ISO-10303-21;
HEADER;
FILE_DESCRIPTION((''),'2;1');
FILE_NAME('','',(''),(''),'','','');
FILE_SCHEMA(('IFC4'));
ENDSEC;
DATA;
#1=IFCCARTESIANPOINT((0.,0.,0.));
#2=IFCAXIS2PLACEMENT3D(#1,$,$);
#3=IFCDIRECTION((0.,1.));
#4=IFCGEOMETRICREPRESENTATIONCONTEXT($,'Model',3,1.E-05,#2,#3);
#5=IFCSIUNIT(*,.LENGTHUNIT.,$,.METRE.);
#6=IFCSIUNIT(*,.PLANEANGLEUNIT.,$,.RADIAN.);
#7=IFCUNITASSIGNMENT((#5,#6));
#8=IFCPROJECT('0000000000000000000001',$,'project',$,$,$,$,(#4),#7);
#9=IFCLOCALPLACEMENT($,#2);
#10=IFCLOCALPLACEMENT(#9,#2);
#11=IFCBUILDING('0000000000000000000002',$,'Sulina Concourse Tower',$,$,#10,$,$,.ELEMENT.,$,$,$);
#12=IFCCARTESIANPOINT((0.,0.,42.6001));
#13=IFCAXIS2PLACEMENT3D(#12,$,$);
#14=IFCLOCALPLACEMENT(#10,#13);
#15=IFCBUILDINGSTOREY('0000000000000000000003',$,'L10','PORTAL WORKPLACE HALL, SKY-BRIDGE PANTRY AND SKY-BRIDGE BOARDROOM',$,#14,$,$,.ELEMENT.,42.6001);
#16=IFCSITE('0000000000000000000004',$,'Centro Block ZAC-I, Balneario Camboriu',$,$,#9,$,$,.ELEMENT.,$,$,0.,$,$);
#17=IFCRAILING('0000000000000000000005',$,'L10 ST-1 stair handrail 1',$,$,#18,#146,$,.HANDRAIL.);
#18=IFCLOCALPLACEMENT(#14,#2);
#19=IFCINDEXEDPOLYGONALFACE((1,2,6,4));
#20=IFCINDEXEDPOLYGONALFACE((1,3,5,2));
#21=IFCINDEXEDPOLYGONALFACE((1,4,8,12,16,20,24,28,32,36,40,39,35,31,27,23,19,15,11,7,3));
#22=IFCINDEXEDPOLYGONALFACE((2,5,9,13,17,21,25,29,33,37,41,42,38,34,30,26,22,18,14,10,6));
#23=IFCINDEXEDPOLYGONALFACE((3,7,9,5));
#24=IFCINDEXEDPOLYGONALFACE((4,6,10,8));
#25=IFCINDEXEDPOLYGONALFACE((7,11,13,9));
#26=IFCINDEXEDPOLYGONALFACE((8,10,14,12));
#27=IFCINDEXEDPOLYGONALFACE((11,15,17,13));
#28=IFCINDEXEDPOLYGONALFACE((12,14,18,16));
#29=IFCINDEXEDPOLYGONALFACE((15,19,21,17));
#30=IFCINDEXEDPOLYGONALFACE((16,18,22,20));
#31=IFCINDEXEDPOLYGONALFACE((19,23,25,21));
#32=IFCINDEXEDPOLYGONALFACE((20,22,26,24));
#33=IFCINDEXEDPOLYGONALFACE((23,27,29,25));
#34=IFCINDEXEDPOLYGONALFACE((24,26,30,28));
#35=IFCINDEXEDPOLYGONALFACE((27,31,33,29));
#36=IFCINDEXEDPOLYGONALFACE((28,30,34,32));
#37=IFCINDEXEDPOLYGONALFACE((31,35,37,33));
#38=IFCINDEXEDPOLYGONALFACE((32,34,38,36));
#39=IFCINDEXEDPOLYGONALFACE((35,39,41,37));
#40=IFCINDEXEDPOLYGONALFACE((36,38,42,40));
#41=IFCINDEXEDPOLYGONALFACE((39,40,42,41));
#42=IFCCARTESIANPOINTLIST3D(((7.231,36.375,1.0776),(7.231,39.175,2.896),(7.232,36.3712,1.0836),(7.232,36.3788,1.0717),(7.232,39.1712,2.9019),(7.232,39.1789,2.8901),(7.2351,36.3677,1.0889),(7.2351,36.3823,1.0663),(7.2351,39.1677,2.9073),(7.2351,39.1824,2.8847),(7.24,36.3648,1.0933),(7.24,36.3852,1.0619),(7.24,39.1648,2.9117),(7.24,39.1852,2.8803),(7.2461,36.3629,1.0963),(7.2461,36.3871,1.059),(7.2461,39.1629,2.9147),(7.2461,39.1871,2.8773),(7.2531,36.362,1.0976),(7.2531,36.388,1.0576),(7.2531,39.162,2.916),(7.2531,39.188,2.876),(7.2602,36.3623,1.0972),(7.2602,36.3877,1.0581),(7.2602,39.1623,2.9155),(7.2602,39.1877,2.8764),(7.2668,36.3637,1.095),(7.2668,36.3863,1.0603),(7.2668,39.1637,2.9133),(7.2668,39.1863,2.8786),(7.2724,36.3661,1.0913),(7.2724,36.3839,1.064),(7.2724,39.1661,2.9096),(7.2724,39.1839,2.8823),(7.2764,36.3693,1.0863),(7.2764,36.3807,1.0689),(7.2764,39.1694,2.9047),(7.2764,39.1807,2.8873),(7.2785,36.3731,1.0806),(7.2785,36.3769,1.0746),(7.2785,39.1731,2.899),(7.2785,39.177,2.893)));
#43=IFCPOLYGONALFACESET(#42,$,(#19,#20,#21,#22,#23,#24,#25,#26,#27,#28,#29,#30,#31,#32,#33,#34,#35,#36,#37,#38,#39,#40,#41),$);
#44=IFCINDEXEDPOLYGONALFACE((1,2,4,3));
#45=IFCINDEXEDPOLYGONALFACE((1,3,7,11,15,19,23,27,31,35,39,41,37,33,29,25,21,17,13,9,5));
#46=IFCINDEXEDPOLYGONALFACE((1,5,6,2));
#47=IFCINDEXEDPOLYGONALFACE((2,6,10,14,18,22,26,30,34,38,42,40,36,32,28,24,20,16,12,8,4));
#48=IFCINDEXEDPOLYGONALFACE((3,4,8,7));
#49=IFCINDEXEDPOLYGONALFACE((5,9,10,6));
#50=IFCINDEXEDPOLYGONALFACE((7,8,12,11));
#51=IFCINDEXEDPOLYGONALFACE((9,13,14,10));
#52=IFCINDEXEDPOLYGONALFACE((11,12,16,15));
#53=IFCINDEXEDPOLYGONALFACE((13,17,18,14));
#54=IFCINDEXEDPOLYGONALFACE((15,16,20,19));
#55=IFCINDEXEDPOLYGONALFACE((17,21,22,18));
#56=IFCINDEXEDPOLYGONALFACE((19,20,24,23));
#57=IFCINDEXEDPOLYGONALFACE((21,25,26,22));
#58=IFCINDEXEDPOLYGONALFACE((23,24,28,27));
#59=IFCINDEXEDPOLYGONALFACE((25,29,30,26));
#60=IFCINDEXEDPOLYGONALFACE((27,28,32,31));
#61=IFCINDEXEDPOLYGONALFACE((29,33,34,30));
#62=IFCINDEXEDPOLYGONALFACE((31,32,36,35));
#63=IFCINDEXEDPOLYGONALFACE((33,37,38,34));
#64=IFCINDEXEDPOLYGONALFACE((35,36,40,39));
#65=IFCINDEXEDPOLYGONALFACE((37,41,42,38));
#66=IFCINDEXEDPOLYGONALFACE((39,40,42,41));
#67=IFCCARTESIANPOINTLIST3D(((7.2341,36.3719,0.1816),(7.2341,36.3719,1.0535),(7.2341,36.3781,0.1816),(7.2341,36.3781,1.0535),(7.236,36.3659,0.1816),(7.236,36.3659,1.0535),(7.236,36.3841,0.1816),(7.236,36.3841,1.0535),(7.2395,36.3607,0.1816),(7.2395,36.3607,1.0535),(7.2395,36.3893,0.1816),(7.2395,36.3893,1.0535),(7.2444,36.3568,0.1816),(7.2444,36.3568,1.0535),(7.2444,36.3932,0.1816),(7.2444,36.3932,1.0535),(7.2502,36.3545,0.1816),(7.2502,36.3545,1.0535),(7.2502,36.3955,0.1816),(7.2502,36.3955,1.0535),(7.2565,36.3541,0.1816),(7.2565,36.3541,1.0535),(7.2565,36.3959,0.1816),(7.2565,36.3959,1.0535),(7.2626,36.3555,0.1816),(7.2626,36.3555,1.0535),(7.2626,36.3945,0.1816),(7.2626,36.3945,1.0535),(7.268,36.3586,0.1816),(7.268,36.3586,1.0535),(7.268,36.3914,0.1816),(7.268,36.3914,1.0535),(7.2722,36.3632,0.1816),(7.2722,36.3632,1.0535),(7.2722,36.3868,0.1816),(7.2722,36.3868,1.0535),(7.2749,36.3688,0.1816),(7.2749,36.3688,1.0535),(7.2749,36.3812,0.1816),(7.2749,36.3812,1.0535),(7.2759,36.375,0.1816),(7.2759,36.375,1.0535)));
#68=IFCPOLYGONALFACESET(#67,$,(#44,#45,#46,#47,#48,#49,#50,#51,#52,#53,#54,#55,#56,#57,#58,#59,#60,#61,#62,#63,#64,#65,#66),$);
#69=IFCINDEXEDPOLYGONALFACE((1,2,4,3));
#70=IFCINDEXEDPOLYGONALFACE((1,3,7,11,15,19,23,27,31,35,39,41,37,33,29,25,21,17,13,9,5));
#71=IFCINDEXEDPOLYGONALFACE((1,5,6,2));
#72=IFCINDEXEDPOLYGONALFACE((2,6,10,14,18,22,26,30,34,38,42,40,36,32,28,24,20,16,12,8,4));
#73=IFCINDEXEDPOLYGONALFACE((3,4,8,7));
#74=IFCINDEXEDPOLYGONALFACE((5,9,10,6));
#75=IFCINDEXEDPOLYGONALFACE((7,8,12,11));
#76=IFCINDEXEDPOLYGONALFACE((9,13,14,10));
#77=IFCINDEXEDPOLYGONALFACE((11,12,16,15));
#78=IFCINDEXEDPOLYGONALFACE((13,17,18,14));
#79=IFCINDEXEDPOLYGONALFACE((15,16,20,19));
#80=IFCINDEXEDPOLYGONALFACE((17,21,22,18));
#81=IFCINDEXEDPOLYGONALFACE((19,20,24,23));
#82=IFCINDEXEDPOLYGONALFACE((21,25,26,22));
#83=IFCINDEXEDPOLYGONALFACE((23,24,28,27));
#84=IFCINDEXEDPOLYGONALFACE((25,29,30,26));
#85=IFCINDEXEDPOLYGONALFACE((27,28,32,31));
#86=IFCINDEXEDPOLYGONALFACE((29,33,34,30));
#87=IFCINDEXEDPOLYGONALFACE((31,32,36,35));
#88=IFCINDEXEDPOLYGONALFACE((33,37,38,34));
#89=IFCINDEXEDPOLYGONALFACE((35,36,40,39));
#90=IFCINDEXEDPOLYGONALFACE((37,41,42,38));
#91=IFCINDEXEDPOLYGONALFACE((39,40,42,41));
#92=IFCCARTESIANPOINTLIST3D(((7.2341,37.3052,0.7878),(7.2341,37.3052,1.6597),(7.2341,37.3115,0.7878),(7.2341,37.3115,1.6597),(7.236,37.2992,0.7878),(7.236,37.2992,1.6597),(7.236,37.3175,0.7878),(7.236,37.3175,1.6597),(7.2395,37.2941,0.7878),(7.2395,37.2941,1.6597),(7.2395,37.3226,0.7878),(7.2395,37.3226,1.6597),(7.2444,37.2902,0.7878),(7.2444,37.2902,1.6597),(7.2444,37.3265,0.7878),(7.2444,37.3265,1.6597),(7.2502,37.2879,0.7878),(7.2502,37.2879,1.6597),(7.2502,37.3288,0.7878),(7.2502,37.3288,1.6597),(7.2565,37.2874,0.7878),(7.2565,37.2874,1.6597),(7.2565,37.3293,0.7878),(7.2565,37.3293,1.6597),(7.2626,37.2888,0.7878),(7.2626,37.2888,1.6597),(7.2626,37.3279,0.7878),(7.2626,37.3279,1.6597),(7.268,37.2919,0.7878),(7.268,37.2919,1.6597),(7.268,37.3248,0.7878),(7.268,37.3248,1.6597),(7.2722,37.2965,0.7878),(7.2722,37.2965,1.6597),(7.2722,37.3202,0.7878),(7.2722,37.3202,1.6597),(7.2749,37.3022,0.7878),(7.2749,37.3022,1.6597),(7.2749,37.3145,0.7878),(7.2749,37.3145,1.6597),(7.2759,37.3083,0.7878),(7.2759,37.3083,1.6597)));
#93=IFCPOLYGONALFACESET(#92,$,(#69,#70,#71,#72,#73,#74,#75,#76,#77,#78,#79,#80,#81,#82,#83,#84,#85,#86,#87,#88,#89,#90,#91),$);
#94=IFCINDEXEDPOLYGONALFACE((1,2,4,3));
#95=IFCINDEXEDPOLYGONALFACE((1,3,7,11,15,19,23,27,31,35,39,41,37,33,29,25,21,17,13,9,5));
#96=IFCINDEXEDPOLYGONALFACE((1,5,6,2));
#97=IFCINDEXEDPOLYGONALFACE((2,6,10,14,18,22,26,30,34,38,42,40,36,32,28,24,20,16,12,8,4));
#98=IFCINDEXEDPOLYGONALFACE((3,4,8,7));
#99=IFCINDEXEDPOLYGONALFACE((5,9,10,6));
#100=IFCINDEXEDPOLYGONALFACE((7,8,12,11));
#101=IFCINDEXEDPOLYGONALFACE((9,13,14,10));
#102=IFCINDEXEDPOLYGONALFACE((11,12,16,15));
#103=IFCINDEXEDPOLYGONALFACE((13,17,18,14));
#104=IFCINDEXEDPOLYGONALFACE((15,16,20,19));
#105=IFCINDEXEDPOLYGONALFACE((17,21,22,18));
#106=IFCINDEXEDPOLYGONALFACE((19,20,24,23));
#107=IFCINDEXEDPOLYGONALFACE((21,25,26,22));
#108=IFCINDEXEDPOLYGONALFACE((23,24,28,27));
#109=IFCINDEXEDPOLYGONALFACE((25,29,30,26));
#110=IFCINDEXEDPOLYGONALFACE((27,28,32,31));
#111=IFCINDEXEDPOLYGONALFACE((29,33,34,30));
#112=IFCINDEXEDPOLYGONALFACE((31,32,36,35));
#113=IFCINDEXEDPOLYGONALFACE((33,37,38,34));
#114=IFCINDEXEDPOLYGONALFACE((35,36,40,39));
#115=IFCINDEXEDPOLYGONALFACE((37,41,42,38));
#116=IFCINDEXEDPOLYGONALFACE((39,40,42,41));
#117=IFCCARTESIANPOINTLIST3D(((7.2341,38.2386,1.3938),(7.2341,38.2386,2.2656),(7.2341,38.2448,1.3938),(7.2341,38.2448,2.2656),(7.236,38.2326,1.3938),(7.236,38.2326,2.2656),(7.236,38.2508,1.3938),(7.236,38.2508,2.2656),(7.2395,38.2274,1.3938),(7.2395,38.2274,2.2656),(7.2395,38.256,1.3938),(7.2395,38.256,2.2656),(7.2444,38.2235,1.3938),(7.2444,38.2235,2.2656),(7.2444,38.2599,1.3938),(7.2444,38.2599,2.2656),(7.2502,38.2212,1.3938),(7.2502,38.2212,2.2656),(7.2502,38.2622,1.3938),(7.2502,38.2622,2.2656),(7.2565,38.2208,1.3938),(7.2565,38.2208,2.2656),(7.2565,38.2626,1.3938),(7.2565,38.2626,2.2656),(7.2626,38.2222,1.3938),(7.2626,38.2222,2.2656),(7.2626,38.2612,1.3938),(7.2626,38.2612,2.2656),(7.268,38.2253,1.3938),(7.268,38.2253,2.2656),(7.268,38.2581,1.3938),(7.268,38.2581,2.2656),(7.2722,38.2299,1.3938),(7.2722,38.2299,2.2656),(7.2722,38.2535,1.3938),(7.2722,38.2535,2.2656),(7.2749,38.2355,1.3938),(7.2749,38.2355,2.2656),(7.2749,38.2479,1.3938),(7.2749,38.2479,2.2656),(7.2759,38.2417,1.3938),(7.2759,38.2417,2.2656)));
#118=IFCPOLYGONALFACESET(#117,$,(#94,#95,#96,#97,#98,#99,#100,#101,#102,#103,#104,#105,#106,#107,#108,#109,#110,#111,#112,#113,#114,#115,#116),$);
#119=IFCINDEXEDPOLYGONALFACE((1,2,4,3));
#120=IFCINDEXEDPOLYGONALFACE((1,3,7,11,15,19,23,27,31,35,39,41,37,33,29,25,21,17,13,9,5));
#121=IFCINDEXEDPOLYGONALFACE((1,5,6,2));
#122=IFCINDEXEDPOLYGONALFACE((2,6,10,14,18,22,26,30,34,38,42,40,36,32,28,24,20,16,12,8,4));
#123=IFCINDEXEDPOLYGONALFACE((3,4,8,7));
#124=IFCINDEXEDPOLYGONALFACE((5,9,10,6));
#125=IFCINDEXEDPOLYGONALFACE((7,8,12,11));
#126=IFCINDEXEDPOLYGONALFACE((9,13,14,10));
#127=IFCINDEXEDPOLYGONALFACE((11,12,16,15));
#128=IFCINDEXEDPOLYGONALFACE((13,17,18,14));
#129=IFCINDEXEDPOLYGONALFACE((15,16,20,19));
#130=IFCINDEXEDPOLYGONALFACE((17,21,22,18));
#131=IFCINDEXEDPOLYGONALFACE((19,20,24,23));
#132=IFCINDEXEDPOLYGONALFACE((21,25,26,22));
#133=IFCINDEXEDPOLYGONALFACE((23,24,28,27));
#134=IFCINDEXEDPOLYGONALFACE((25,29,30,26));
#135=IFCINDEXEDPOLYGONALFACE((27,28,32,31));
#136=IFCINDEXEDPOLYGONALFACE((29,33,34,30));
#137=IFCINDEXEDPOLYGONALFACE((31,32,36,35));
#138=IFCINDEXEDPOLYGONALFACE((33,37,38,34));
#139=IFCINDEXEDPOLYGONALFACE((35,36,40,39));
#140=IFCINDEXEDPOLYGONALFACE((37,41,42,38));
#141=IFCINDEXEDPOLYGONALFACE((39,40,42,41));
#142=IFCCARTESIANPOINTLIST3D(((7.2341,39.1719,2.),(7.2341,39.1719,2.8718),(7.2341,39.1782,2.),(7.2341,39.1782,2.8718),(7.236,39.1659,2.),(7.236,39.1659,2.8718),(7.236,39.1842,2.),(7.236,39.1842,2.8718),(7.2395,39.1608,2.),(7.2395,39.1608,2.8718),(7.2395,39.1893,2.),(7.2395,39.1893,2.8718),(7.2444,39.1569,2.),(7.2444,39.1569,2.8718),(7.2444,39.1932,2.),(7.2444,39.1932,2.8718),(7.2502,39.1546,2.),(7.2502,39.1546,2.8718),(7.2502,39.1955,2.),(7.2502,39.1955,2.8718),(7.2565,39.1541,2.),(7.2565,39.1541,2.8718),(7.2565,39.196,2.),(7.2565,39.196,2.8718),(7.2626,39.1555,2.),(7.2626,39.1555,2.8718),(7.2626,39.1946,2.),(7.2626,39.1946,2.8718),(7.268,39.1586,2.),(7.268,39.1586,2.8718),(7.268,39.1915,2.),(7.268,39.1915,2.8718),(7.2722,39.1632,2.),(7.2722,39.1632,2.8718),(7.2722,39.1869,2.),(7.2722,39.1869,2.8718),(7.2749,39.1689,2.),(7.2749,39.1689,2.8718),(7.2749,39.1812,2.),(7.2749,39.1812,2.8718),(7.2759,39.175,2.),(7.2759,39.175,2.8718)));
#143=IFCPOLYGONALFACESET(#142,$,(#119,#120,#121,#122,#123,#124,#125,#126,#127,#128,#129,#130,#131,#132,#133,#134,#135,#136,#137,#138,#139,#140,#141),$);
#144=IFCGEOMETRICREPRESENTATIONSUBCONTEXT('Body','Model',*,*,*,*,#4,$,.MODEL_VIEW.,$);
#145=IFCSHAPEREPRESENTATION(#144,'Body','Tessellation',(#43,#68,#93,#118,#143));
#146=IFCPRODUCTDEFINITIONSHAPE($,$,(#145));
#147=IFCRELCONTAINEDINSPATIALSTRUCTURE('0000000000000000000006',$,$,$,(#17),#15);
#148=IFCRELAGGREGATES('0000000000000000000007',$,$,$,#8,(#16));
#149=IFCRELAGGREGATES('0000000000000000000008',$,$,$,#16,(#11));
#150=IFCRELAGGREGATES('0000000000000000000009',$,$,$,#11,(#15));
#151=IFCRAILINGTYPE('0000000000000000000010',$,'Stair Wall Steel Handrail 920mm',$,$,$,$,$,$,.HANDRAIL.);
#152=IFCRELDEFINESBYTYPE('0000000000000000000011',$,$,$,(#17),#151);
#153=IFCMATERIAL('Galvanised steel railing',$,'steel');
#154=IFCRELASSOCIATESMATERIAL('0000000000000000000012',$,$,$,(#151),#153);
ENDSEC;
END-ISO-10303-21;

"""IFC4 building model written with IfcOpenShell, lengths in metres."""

from ifc_helpers import new_model, si_unit, direction, frame, origin, origin_2d, place, context, subcontext, project, spatial, circle, extrude, material, type_object, element, save


model = new_model("IFC4")

# Units and contexts
model_context = context("Model", 3, precision=1e-05, world=origin(), true_north=direction((0.0, 1.0)))
body_context = subcontext(model_context, "Body", "Model", "MODEL_VIEW")
ifc_project = project(units=[si_unit("LENGTHUNIT", "METRE"), si_unit("PLANEANGLEUNIT", "RADIAN")], contexts=[model_context])

# Site, building, storey
site_placement = place(None, origin())
site = spatial("IfcSite", under=ifc_project, at=site_placement, Name="Centro Block ZAC-I, Balneario Camboriu", CompositionType="ELEMENT", RefElevation=0.0)
building_placement = place(site_placement, origin())
building = spatial("IfcBuilding", under=site, at=building_placement, Name="Sulina Concourse Tower", CompositionType="ELEMENT")
storey_placement = place(building_placement, frame((0.0, 0.0, 42.6001)))
storey = spatial("IfcBuildingStorey", under=building, at=storey_placement, Name="L10", Description="PORTAL WORKPLACE HALL, SKY-BRIDGE PANTRY AND SKY-BRIDGE BOARDROOM", CompositionType="ELEMENT", Elevation=42.6001)

# Railing
ifc_material_1 = material(Name="Galvanised steel railing", Category="steel")
railing_type_1 = type_object("IfcRailingType", Name="Stair Wall Steel Handrail 920mm", PredefinedType="HANDRAIL", material=ifc_material_1)
railing_1_placement = place(storey_placement, frame((7.2549, 36.375, 0.1816)))
element("IfcRailing", 1, at=railing_1_placement, inside=storey, type_object=railing_type_1, Name="L10 ST-1 stair handrail 1", PredefinedType="HANDRAIL", context=body_context, shape_type="SweptSolid", body=[
    extrude(circle(Radius=0.0239, at=origin_2d()), frame((0.0, 0.0, 0.896), z_axis=(0.0, 0.838672, 0.544636), x_axis=(-1.0, 0.0, 0.0)), (0.0, 0.0, 1.0), 3.3386),
    extrude(circle(Radius=0.021, at=origin_2d()), origin(), (0.0, 0.0, 1.0), 0.8718),
    extrude(circle(Radius=0.021, at=origin_2d()), frame((0.0, 0.9333, 0.6062)), (0.0, 0.0, 1.0), 0.8718),
    extrude(circle(Radius=0.021, at=origin_2d()), frame((0.0, 1.8667, 1.2122)), (0.0, 0.0, 1.0), 0.8718),
    extrude(circle(Radius=0.021, at=origin_2d()), frame((0.0, 2.8, 1.8184)), (0.0, 0.0, 1.0), 0.8718),
])

save(model, "model.ifc")
